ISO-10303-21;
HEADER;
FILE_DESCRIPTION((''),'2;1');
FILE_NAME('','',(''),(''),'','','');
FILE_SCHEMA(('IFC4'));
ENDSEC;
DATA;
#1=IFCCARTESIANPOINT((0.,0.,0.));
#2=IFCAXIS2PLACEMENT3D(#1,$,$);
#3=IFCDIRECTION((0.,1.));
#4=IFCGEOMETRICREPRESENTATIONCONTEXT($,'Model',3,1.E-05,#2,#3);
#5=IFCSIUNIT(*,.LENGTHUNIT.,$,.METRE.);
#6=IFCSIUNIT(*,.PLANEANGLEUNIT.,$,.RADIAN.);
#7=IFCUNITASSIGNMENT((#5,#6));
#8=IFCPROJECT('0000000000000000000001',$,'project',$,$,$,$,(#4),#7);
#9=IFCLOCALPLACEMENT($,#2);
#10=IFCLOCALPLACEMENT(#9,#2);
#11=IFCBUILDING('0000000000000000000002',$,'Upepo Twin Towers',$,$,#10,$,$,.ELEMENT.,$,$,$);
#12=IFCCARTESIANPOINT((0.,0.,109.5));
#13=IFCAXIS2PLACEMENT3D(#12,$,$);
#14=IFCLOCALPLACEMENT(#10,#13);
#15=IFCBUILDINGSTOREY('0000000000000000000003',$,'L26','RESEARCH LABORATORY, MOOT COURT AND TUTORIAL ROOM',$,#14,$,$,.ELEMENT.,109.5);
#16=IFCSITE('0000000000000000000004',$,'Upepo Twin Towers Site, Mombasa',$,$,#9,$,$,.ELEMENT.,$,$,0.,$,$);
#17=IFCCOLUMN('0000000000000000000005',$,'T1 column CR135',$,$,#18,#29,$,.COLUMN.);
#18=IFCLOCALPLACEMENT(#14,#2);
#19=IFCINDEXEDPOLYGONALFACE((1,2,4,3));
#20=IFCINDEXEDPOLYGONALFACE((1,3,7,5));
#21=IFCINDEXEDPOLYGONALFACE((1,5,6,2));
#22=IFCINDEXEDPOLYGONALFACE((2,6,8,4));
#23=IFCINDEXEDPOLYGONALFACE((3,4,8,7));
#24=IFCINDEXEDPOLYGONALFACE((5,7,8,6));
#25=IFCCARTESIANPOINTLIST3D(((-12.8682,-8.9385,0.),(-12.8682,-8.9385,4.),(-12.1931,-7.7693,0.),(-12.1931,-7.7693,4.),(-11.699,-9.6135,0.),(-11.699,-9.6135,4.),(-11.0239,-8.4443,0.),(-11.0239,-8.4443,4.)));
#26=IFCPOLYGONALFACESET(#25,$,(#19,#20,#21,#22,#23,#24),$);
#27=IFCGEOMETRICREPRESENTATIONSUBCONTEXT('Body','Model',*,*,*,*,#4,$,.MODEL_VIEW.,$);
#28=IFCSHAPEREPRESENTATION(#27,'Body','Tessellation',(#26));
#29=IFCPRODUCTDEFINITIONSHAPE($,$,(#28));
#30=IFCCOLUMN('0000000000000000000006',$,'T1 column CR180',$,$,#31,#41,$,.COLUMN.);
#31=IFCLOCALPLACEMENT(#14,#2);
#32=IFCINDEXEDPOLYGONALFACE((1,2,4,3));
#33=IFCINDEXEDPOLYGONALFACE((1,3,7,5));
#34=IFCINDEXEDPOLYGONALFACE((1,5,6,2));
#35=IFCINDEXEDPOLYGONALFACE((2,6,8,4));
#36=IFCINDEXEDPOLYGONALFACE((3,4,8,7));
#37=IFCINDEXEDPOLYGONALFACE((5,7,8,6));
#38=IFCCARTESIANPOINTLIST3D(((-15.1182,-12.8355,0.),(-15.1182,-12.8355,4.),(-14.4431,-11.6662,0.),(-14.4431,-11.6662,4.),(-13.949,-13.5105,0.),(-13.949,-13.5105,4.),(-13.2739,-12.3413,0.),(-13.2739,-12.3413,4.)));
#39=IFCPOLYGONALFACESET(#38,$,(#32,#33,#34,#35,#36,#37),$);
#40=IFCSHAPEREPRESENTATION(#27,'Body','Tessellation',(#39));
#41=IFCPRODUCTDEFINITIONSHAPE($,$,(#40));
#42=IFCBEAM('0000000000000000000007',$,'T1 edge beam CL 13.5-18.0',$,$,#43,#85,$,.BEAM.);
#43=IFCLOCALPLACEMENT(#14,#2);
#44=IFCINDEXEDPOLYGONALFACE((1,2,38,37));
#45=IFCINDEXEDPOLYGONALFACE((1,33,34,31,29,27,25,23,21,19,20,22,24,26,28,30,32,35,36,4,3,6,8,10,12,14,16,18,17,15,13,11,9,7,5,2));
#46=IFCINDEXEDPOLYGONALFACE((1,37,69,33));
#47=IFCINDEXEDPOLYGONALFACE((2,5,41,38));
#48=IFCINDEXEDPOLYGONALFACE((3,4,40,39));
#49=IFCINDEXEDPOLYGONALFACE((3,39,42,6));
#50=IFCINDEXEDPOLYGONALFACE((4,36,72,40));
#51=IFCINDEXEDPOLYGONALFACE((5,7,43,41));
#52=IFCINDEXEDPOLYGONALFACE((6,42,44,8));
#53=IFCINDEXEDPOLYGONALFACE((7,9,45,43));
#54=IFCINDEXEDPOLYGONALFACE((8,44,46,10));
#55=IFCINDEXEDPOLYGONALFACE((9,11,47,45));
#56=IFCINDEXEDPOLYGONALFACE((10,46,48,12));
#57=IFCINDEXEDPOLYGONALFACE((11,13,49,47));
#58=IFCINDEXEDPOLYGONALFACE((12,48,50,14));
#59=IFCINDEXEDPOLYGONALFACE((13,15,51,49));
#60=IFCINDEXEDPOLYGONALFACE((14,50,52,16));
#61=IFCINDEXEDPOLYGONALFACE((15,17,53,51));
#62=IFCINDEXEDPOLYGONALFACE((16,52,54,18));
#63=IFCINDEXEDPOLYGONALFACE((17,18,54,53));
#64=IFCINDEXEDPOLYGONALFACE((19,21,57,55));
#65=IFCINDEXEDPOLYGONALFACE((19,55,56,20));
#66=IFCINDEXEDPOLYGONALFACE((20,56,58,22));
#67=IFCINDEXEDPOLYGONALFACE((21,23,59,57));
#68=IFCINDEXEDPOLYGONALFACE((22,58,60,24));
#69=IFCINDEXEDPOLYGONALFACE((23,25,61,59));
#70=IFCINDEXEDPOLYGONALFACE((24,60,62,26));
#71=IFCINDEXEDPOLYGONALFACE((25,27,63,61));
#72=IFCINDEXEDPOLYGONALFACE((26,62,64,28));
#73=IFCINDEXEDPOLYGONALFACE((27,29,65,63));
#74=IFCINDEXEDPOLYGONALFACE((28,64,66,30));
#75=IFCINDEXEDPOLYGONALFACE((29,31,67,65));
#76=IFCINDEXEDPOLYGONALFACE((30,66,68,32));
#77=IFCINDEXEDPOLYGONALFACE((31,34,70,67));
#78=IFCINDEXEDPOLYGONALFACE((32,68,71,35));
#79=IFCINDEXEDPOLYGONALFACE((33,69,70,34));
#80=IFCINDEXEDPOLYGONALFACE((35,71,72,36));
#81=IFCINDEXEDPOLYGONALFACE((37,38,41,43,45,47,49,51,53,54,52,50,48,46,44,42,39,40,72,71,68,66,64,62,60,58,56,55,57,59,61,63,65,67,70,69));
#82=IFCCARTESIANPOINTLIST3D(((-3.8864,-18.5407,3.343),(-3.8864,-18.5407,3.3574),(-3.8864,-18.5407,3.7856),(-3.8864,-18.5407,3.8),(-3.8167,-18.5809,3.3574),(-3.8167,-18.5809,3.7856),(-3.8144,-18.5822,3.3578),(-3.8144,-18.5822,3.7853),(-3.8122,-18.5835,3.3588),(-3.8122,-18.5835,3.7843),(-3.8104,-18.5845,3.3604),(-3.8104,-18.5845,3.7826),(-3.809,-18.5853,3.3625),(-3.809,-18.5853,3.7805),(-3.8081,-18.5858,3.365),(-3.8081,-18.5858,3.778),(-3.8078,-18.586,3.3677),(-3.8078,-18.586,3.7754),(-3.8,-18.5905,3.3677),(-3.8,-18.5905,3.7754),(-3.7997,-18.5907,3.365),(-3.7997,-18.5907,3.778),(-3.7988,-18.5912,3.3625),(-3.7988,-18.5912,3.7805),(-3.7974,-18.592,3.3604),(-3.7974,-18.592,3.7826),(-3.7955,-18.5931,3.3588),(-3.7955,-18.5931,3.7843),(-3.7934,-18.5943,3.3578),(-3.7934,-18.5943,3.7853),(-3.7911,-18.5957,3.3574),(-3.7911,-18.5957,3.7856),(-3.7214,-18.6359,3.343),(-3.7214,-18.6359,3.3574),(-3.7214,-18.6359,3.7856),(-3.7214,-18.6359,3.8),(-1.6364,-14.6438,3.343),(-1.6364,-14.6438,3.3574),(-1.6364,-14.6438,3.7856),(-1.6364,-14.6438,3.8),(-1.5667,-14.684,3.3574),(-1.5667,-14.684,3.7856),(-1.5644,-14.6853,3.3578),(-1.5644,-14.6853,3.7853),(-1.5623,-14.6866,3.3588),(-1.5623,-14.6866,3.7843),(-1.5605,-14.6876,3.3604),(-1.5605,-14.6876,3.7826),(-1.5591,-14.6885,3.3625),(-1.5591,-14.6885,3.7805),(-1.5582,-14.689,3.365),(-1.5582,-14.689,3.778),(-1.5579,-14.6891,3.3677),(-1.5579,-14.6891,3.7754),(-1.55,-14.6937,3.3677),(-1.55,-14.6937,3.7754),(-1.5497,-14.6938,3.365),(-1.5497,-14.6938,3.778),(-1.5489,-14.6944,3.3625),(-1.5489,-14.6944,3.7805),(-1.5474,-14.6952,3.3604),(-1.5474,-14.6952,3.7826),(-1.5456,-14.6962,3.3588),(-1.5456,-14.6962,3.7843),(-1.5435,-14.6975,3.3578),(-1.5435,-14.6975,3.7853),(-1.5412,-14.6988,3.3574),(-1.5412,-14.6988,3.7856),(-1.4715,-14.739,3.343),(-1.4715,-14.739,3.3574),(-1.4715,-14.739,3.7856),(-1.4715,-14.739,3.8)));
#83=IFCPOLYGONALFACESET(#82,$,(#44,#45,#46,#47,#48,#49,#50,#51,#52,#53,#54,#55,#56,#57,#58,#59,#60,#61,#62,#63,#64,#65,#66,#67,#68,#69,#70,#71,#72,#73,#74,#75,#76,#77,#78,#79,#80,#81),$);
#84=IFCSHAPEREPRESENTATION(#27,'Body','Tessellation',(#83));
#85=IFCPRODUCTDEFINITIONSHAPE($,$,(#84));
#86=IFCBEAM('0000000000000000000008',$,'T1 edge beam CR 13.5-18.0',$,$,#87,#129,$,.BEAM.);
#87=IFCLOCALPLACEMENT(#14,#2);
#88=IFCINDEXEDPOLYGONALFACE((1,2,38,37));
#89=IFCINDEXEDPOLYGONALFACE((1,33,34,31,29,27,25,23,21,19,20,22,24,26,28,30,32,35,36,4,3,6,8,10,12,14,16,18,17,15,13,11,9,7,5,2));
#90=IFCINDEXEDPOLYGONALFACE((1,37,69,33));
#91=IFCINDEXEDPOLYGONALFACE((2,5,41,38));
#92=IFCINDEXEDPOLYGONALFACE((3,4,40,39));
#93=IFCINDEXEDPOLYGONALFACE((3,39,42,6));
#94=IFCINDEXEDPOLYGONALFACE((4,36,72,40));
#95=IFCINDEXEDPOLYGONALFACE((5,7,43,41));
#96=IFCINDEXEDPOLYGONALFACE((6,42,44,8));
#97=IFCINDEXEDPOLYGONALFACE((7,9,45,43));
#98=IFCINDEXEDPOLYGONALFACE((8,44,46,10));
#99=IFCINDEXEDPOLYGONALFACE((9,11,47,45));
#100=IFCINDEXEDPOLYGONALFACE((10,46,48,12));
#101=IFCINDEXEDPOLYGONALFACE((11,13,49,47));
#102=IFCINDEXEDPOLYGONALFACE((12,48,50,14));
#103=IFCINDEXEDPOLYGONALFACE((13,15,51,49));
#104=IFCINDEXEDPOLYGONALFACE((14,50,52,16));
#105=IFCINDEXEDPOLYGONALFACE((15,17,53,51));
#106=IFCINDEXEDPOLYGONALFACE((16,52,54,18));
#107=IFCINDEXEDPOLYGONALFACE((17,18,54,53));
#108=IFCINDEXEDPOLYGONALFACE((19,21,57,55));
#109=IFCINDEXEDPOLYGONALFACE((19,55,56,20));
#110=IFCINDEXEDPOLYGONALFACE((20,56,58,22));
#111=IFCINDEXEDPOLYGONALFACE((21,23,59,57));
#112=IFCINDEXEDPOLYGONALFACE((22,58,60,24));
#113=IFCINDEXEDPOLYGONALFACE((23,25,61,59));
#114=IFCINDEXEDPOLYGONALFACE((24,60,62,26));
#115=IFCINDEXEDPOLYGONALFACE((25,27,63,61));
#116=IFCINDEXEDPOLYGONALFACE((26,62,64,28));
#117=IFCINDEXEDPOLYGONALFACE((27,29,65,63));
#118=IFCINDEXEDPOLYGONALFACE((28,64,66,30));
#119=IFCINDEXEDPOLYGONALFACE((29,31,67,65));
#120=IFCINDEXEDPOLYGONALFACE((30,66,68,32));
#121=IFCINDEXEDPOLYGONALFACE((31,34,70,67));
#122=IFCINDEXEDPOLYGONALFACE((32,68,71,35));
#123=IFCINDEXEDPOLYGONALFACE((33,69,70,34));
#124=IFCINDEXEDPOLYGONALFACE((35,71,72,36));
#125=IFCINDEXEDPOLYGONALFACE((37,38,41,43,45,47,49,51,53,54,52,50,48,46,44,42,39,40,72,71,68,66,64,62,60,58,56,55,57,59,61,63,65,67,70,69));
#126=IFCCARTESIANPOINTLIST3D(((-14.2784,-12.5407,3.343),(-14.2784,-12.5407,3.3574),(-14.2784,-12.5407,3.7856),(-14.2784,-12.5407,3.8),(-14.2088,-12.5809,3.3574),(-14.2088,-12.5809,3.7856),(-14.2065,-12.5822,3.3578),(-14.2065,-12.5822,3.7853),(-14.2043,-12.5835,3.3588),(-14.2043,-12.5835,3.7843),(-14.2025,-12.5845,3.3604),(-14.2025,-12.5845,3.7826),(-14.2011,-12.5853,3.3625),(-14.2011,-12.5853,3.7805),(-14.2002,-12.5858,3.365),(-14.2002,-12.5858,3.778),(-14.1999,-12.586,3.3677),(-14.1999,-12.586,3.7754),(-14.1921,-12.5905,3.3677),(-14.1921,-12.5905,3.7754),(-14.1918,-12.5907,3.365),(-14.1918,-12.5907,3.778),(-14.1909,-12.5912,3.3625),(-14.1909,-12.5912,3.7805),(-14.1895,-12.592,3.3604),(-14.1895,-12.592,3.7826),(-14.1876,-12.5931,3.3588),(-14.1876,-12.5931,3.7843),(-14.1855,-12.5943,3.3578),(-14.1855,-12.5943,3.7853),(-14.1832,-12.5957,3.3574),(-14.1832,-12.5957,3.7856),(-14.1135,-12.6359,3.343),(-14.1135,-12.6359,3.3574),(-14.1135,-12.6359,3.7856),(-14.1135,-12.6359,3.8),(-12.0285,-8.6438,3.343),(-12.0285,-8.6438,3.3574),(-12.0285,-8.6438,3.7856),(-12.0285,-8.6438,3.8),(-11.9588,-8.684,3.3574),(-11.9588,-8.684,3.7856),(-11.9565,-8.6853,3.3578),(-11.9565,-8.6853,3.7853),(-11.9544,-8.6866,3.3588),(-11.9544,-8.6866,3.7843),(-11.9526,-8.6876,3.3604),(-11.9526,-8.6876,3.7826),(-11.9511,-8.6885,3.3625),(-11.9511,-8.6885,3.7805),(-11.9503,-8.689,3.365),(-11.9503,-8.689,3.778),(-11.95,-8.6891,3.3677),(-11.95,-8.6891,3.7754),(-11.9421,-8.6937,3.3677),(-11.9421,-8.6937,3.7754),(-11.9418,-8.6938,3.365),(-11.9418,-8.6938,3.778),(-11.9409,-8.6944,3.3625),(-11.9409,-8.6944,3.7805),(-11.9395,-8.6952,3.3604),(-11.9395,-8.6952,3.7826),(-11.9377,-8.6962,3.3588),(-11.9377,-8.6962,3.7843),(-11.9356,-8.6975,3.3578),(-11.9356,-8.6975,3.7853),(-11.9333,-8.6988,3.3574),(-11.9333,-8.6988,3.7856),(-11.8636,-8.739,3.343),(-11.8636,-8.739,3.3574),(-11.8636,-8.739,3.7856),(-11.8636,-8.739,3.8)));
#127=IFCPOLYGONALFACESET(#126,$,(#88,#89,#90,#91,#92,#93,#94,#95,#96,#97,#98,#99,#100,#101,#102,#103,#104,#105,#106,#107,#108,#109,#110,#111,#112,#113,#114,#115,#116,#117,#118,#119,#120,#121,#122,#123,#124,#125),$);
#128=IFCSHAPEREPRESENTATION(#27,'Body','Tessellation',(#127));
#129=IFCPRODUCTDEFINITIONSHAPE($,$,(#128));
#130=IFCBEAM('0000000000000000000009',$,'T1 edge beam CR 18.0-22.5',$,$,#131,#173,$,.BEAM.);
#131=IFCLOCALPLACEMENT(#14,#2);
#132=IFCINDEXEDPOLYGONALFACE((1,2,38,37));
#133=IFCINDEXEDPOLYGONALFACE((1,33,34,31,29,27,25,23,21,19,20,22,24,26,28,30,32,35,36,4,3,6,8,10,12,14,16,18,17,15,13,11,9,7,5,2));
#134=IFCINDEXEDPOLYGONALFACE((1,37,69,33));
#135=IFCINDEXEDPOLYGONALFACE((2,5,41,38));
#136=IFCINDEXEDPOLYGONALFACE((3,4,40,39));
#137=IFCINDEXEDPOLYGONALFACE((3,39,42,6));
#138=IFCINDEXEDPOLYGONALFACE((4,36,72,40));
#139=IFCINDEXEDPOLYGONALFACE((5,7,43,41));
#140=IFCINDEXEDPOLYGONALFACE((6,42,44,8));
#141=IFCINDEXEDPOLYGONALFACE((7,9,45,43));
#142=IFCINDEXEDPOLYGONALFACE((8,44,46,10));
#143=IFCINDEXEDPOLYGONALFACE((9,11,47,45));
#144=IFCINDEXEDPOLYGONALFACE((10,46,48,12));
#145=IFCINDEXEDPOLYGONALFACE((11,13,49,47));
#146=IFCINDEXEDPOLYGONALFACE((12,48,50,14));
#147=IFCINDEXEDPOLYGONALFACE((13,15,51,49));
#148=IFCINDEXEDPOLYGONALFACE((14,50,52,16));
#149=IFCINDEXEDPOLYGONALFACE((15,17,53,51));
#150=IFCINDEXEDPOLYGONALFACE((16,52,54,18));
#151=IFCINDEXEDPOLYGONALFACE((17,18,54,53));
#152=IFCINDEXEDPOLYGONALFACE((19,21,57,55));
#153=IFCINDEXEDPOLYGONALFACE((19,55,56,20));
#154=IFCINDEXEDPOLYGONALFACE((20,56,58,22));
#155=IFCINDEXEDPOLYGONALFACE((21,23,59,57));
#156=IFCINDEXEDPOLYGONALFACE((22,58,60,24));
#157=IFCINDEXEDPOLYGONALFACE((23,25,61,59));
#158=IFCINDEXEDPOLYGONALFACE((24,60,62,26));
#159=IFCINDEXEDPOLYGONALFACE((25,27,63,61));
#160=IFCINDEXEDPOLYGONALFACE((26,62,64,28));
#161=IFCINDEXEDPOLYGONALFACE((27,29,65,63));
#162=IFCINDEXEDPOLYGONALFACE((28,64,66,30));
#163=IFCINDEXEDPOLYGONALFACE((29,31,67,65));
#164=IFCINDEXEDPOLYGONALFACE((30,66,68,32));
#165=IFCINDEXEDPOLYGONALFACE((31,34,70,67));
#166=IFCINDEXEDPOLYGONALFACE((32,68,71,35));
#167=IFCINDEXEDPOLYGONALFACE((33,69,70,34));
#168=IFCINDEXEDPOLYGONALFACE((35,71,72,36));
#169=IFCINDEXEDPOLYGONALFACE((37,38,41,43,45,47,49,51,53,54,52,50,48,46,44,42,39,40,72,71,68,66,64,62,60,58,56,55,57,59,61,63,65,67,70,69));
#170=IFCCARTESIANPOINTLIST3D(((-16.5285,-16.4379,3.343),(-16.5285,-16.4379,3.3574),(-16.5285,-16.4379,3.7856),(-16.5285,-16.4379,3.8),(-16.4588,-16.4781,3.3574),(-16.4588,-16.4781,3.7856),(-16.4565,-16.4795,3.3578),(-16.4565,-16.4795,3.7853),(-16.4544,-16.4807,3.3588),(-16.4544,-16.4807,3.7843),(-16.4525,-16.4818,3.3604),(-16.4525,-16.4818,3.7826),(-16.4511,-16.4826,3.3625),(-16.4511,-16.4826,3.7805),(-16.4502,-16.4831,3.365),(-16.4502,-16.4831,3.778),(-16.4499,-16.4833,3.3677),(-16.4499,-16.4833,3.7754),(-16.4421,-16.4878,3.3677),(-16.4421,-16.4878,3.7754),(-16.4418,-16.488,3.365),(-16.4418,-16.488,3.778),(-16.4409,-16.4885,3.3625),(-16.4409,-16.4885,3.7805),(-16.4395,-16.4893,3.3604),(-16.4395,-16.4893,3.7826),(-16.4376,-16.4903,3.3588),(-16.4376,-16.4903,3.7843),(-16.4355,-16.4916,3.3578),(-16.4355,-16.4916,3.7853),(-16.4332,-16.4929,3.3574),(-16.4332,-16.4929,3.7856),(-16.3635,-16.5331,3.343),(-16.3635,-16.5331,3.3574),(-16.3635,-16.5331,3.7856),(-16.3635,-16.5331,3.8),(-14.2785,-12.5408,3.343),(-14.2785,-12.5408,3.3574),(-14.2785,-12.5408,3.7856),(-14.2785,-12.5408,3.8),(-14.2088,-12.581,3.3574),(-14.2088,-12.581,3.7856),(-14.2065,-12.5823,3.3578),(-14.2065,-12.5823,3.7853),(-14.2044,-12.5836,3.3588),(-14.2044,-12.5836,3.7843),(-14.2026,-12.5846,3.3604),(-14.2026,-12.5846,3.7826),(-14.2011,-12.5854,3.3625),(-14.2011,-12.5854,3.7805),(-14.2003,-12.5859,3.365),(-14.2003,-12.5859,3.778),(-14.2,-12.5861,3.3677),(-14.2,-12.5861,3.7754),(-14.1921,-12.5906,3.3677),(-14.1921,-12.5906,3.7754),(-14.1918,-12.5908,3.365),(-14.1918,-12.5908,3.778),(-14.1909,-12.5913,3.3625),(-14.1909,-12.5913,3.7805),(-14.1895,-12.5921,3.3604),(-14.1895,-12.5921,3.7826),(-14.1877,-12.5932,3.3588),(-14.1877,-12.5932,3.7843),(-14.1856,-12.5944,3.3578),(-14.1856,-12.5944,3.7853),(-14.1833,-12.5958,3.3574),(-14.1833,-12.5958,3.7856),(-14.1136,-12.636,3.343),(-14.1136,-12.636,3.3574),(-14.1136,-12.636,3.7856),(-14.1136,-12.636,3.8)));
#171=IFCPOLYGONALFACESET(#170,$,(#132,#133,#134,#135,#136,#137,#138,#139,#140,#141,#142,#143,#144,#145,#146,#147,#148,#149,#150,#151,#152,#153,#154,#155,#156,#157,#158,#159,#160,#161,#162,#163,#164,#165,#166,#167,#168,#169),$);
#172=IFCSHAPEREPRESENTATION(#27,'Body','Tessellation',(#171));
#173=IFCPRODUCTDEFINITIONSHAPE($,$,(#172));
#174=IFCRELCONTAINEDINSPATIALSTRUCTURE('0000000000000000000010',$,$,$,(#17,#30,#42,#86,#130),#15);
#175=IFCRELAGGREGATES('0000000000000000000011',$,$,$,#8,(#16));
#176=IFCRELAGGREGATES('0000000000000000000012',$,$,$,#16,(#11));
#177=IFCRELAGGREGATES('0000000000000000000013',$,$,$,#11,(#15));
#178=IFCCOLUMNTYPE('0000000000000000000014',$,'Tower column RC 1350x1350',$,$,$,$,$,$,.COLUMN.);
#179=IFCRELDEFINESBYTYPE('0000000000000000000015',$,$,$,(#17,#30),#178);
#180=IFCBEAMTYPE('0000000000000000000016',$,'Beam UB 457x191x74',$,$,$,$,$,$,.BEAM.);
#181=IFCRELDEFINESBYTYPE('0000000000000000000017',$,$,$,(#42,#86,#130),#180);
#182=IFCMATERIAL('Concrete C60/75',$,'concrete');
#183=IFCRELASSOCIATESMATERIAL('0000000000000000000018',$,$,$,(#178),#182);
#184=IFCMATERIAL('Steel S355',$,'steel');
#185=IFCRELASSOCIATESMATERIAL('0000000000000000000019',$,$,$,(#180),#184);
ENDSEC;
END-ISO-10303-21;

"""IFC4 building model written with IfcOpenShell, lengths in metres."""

from ifc_helpers import new_model, si_unit, direction, frame, origin, origin_2d, place, context, subcontext, project, spatial, rectangle, i_section, extrude, material, material_profile, profile_set, type_object, element, save


model = new_model("IFC4")

# Units and contexts
model_context = context("Model", 3, precision=1e-05, world=origin(), true_north=direction((0.0, 1.0)))
body_context = subcontext(model_context, "Body", "Model", "MODEL_VIEW")
ifc_project = project(units=[si_unit("LENGTHUNIT", "METRE"), si_unit("PLANEANGLEUNIT", "RADIAN")], contexts=[model_context])

# Site, building, storey
site_placement = place(None, origin())
site = spatial("IfcSite", under=ifc_project, at=site_placement, Name="Upepo Twin Towers Site, Mombasa", CompositionType="ELEMENT", RefElevation=0.0)
building_placement = place(site_placement, origin())
building = spatial("IfcBuilding", under=site, at=building_placement, Name="Upepo Twin Towers", CompositionType="ELEMENT")
storey_placement = place(building_placement, frame((0.0, 0.0, 109.5)))
storey = spatial("IfcBuildingStorey", under=building, at=storey_placement, Name="L26", Description="RESEARCH LABORATORY, MOOT COURT AND TUTORIAL ROOM", CompositionType="ELEMENT", Elevation=109.5)

# Columns
ifc_material_1 = material(Name="Concrete C60/75", Category="concrete")
ifc_material_profile_1 = material_profile(ifc_material_1, rectangle(XDim=1.3501, YDim=1.3501, at=origin_2d()), Name="RC 1350x1350")
ifc_profile_set_1 = profile_set([ifc_material_profile_1], Name="Concrete C60/75")
column_type = type_object("IfcColumnType", Name="Tower column RC 1350x1350", PredefinedType="COLUMN", material=ifc_profile_set_1)
for number, where, z_axis, x_axis, name in (
    (1, (-11.946, -8.6914, 0.0), (0.0, 0.0, 1.0), (0.5, 0.866025, 0.0), "T1 column CR135"),
    (2, (-14.196, -12.5884, 0.0), (0.0, 0.0, 1.0), (0.5, 0.866025, 0.0), "T1 column CR180"),
):
    element("IfcColumn", number, at=place(storey_placement, frame(where, z_axis=z_axis, x_axis=x_axis)), inside=storey, type_object=column_type, Name=name, PredefinedType="COLUMN", context=body_context, shape_type="SweptSolid", body=[
        extrude(rectangle(XDim=1.3501, YDim=1.3501, at=origin_2d()), origin(), (0.0, 0.0, 1.0), 4.0),
    ])

# Beams
ifc_material_2 = material(Name="Steel S355", Category="steel")
ifc_material_profile_2 = material_profile(ifc_material_2, i_section(OverallWidth=0.1904, OverallDepth=0.457, WebThickness=0.009, FlangeThickness=0.0144, FilletRadius=0.0103, at=origin_2d()), Name="UB 457x191x74")
ifc_profile_set_2 = profile_set([ifc_material_profile_2], Name="Steel S355")
beam_type_1 = type_object("IfcBeamType", Name="Beam UB 457x191x74", PredefinedType="BEAM", material=ifc_profile_set_2)
for number, where, z_axis, x_axis, name in (
    (3, (-1.554, -14.6914, 3.5715), (-0.500014, -0.866018, 0.0), (0.866018, -0.500014, 0.0), "T1 edge beam CL 13.5-18.0"),
    (4, (-11.946, -8.6914, 3.5715), (-0.500014, -0.866018, 0.0), (0.866018, -0.500014, 0.0), "T1 edge beam CR 13.5-18.0"),
):
    element("IfcBeam", number, at=place(storey_placement, frame(where, z_axis=z_axis, x_axis=x_axis)), inside=storey, type_object=beam_type_1, Name=name, PredefinedType="BEAM", context=body_context, shape_type="SweptSolid", body=[
        extrude(i_section(OverallWidth=0.1904, OverallDepth=0.457, WebThickness=0.009, FlangeThickness=0.0144, FilletRadius=0.0103, at=origin_2d()), origin(), (0.0, 0.0, 1.0), 4.4998),
    ])
beam_placement = place(storey_placement, frame((-14.196, -12.5884, 3.5715), z_axis=(-0.49999, -0.866031, 0.0), x_axis=(0.866031, -0.49999, 0.0)))
element("IfcBeam", 5, at=beam_placement, inside=storey, type_object=beam_type_1, Name="T1 edge beam CR 18.0-22.5", PredefinedType="BEAM", context=body_context, shape_type="SweptSolid", body=[
    extrude(i_section(OverallWidth=0.1904, OverallDepth=0.457, WebThickness=0.009, FlangeThickness=0.0144, FilletRadius=0.0103, at=origin_2d()), origin(), (0.0, 0.0, 1.0), 4.5),
])

save(model, "model.ifc")
